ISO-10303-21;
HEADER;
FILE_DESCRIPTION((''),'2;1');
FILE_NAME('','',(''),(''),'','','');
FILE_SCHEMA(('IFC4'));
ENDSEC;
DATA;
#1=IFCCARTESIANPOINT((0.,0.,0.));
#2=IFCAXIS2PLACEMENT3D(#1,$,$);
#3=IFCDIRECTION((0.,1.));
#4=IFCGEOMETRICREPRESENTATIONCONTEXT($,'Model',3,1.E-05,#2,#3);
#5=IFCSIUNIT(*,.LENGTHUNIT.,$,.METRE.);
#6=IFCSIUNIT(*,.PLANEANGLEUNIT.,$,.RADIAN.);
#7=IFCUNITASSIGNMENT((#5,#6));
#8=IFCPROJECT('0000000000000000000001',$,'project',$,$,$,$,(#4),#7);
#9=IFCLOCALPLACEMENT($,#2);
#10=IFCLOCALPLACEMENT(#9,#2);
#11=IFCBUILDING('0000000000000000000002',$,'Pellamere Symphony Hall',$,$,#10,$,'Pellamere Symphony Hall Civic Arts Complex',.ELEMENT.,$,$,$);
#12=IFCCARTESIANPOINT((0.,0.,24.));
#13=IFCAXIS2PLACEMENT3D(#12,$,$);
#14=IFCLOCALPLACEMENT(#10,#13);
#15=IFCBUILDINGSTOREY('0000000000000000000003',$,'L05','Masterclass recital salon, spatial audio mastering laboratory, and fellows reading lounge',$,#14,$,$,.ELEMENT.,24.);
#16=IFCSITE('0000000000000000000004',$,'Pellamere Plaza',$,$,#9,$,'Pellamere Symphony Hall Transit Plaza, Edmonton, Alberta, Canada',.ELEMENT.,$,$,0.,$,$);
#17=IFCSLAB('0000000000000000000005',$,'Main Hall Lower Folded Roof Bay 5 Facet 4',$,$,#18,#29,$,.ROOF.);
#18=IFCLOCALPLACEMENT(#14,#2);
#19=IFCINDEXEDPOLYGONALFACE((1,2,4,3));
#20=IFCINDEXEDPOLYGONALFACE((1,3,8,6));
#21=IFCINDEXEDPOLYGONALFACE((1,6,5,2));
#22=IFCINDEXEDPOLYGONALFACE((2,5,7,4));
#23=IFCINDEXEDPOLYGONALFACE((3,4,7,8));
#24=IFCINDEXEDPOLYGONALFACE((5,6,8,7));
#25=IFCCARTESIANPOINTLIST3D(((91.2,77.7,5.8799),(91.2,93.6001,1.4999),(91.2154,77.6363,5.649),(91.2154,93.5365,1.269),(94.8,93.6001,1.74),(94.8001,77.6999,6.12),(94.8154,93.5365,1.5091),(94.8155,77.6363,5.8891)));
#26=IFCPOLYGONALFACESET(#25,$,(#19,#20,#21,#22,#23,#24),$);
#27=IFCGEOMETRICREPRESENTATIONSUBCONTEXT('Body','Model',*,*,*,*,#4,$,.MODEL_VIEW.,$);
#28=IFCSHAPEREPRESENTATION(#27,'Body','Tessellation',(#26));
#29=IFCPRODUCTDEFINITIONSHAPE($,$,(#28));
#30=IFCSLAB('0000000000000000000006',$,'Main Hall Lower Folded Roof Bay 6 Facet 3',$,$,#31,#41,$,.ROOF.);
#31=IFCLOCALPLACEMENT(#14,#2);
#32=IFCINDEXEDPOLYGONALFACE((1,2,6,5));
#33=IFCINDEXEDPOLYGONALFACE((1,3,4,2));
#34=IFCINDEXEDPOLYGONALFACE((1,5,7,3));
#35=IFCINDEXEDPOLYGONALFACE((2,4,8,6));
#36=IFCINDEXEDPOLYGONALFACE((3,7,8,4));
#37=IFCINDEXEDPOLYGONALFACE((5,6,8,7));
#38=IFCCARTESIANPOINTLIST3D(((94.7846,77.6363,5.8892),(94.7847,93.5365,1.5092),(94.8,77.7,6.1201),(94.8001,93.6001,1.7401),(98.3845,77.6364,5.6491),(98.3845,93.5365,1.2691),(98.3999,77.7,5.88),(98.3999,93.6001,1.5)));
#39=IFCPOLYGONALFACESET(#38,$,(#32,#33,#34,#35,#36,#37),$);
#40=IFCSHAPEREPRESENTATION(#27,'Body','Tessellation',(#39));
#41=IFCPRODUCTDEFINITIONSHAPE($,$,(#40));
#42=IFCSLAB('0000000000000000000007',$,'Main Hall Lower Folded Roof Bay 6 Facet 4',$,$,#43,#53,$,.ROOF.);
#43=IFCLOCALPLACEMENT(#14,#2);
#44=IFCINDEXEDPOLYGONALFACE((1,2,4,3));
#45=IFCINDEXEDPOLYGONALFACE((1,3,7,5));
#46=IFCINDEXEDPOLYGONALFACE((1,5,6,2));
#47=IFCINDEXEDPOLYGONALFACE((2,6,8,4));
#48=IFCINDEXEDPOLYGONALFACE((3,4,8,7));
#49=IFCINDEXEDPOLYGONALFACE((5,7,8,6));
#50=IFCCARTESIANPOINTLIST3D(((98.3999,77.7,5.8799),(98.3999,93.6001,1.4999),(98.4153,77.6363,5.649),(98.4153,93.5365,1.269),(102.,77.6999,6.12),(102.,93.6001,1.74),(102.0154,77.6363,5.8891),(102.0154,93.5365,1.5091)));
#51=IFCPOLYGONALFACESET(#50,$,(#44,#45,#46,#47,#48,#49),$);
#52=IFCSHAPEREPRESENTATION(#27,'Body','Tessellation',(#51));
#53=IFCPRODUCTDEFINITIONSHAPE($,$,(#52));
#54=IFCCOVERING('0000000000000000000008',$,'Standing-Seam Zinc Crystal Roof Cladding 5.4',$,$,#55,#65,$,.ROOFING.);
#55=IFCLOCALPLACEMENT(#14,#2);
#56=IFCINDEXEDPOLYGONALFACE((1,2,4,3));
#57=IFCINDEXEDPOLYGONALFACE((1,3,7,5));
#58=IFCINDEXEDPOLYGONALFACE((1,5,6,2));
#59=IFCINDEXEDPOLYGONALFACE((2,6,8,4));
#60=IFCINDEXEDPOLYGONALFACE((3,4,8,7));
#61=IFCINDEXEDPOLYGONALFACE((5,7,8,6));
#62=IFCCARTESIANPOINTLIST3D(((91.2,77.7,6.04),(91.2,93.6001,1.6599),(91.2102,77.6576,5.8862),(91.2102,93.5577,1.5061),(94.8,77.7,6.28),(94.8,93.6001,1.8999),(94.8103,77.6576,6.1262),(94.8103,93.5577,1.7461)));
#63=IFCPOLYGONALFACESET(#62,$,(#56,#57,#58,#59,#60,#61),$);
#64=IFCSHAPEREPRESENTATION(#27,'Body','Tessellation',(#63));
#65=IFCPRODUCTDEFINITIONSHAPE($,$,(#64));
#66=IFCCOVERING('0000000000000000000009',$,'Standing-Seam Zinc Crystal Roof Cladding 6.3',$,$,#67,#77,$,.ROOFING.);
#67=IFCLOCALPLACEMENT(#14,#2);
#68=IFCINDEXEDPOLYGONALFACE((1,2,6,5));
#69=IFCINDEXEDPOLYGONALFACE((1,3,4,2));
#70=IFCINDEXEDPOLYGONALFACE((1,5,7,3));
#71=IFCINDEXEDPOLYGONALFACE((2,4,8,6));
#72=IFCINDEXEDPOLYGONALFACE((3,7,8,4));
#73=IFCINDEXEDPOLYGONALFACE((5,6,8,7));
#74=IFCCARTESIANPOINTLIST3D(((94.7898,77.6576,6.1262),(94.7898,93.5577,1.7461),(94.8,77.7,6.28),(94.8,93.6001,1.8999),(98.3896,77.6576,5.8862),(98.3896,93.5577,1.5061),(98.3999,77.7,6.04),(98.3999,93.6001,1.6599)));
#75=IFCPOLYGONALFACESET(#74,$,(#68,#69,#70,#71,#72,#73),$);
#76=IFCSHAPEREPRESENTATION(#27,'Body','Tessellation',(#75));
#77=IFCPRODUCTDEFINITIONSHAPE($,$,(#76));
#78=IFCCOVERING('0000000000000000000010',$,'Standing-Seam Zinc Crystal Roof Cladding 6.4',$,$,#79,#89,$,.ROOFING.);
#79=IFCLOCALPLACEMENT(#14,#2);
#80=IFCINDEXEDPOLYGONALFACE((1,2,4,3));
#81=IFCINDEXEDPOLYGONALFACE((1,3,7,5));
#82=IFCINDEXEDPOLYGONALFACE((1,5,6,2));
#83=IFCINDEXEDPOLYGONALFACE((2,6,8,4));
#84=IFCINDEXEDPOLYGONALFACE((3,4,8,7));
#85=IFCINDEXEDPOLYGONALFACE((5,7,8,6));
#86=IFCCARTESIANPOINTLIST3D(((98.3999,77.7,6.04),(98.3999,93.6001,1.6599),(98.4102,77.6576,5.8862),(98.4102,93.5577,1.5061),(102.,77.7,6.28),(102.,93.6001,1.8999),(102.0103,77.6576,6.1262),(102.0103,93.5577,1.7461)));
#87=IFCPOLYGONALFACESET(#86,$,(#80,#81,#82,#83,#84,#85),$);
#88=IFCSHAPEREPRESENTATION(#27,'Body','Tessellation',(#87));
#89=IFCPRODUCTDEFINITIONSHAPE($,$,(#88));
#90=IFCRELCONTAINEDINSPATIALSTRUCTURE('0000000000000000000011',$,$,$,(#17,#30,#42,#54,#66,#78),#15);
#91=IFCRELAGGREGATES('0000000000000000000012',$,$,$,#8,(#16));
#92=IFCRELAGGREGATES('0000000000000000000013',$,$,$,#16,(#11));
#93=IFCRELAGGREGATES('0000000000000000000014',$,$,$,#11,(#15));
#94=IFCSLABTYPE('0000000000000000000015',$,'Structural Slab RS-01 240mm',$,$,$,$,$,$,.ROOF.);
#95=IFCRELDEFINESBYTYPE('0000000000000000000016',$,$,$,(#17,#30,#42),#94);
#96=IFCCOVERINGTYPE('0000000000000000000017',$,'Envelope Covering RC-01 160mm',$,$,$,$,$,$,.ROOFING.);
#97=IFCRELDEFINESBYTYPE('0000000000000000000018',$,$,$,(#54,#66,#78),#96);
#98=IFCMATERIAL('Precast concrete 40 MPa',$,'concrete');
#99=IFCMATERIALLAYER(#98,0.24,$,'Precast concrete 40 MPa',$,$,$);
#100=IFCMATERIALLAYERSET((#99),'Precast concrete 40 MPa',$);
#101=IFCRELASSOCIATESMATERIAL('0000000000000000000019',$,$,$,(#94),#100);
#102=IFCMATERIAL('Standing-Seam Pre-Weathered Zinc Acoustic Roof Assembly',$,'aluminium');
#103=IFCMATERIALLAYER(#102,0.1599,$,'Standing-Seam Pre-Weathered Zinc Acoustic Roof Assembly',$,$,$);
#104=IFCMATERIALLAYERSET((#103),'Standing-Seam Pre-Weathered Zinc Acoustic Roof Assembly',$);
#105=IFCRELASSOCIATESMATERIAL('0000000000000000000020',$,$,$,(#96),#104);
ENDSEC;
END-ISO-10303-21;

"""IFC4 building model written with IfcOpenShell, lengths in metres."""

from ifc_helpers import new_model, si_unit, direction, frame, origin, place, context, subcontext, project, spatial, polyline, outline, extrude, material, layer, layer_set, type_object, element, save


model = new_model("IFC4")

# Units and contexts
model_context = context("Model", 3, precision=1e-05, world=origin(), true_north=direction((0.0, 1.0)))
body_context = subcontext(model_context, "Body", "Model", "MODEL_VIEW")
ifc_project = project(units=[si_unit("LENGTHUNIT", "METRE"), si_unit("PLANEANGLEUNIT", "RADIAN")], contexts=[model_context])

# Site, building, storey
site_placement = place(None, origin())
site = spatial("IfcSite", under=ifc_project, at=site_placement, Name="Pellamere Plaza", LongName="Pellamere Symphony Hall Transit Plaza, Edmonton, Alberta, Canada", CompositionType="ELEMENT", RefElevation=0.0)
building_placement = place(site_placement, origin())
building = spatial("IfcBuilding", under=site, at=building_placement, Name="Pellamere Symphony Hall", LongName="Pellamere Symphony Hall Civic Arts Complex", CompositionType="ELEMENT")
storey_placement = place(building_placement, frame((0.0, 0.0, 24.0)))
storey = spatial("IfcBuildingStorey", under=building, at=storey_placement, Name="L05", Description="Masterclass recital salon, spatial audio mastering laboratory, and fellows reading lounge", CompositionType="ELEMENT", Elevation=24.0)

# Slabs
ifc_material_1 = material(Name="Precast concrete 40 MPa", Category="concrete")
ifc_layer_1 = layer(ifc_material_1, 0.24, Name="Precast concrete 40 MPa")
ifc_layer_set_1 = layer_set([ifc_layer_1], Name="Precast concrete 40 MPa")
slab_type = type_object("IfcSlabType", Name="Structural Slab RS-01 240mm", PredefinedType="ROOF", material=ifc_layer_set_1)
slab_1_placement = place(storey_placement, frame((91.2, 77.7, 5.8799), z_axis=(-0.064168, 0.26503, 0.962103), x_axis=(0.997783, -0.000009, 0.066551)))
element("IfcSlab", 1, at=slab_1_placement, inside=storey, type_object=slab_type, Name="Main Hall Lower Folded Roof Bay 5 Facet 4", PredefinedType="ROOF", context=body_context, shape_type="SweptSolid", body=[
    extrude(outline(polyline([(0.0, 0.0), (3.6081, 0.0), (3.3165, 16.4898), (-0.2916, 16.4898), (0.0, 0.0)])), origin(), (0.0, 0.0, -1.0), 0.24),
])
slab_2_placement = place(storey_placement, frame((94.8, 77.7, 6.1201), z_axis=(0.064173, 0.26503, 0.962102), x_axis=(0.997783, 0.000009, -0.066555)))
element("IfcSlab", 2, at=slab_2_placement, inside=storey, type_object=slab_type, Name="Main Hall Lower Folded Roof Bay 6 Facet 3", PredefinedType="ROOF", context=body_context, shape_type="SweptSolid", body=[
    extrude(outline(polyline([(0.0, 0.0), (3.6079, 0.0), (3.8995, 16.4898), (0.2917, 16.4898), (0.0, 0.0)])), origin(), (0.0, 0.0, -1.0), 0.24),
])
slab_3_placement = place(storey_placement, frame((98.3999, 77.7, 5.8799), z_axis=(-0.064168, 0.26503, 0.962103), x_axis=(0.997783, -0.000009, 0.066551)))
element("IfcSlab", 3, at=slab_3_placement, inside=storey, type_object=slab_type, Name="Main Hall Lower Folded Roof Bay 6 Facet 4", PredefinedType="ROOF", context=body_context, shape_type="SweptSolid", body=[
    extrude(outline(polyline([(0.0, 0.0), (3.6081, 0.0), (3.3165, 16.4898), (-0.2916, 16.4898), (0.0, 0.0)])), origin(), (0.0, 0.0, -1.0), 0.24),
])

# Coverings
ifc_material_2 = material(Name="Standing-Seam Pre-Weathered Zinc Acoustic Roof Assembly", Category="aluminium")
ifc_layer_2 = layer(ifc_material_2, 0.1599, Name="Standing-Seam Pre-Weathered Zinc Acoustic Roof Assembly")
ifc_layer_set_2 = layer_set([ifc_layer_2], Name="Standing-Seam Pre-Weathered Zinc Acoustic Roof Assembly")
covering_type = type_object("IfcCoveringType", Name="Envelope Covering RC-01 160mm", PredefinedType="ROOFING", material=ifc_layer_set_2)
covering_1_placement = place(storey_placement, frame((91.2, 77.7, 6.04), z_axis=(-0.064136, 0.265037, 0.962103), x_axis=(0.997785, 0.0, 0.066515)))
element("IfcCovering", 4, at=covering_1_placement, inside=storey, type_object=covering_type, Name="Standing-Seam Zinc Crystal Roof Cladding 5.4", PredefinedType="ROOFING", context=body_context, shape_type="SweptSolid", body=[
    extrude(outline(polyline([(0.0, 0.0), (3.6081, 0.0), (3.3167, 16.4899), (-0.2913, 16.4899), (0.0, 0.0)])), origin(), (0.0, 0.0, -1.0), 0.1599),
])
covering_2_placement = place(storey_placement, frame((94.8, 77.7, 6.28), z_axis=(0.06414, 0.265037, 0.962103), x_axis=(0.997785, 0.0, -0.066519)))
element("IfcCovering", 5, at=covering_2_placement, inside=storey, type_object=covering_type, Name="Standing-Seam Zinc Crystal Roof Cladding 6.3", PredefinedType="ROOFING", context=body_context, shape_type="SweptSolid", body=[
    extrude(outline(polyline([(0.0, 0.0), (3.6078, 0.0), (3.8992, 16.4899), (0.2914, 16.4899), (0.0, 0.0)])), origin(), (0.0, 0.0, -1.0), 0.1599),
])
covering_3_placement = place(storey_placement, frame((98.3999, 77.7, 6.04), z_axis=(-0.064136, 0.265037, 0.962103), x_axis=(0.997785, 0.0, 0.066515)))
element("IfcCovering", 6, at=covering_3_placement, inside=storey, type_object=covering_type, Name="Standing-Seam Zinc Crystal Roof Cladding 6.4", PredefinedType="ROOFING", context=body_context, shape_type="SweptSolid", body=[
    extrude(outline(polyline([(0.0, 0.0), (3.6081, 0.0), (3.3167, 16.4899), (-0.2913, 16.4899), (0.0, 0.0)])), origin(), (0.0, 0.0, -1.0), 0.1599),
])

save(model, "model.ifc")
